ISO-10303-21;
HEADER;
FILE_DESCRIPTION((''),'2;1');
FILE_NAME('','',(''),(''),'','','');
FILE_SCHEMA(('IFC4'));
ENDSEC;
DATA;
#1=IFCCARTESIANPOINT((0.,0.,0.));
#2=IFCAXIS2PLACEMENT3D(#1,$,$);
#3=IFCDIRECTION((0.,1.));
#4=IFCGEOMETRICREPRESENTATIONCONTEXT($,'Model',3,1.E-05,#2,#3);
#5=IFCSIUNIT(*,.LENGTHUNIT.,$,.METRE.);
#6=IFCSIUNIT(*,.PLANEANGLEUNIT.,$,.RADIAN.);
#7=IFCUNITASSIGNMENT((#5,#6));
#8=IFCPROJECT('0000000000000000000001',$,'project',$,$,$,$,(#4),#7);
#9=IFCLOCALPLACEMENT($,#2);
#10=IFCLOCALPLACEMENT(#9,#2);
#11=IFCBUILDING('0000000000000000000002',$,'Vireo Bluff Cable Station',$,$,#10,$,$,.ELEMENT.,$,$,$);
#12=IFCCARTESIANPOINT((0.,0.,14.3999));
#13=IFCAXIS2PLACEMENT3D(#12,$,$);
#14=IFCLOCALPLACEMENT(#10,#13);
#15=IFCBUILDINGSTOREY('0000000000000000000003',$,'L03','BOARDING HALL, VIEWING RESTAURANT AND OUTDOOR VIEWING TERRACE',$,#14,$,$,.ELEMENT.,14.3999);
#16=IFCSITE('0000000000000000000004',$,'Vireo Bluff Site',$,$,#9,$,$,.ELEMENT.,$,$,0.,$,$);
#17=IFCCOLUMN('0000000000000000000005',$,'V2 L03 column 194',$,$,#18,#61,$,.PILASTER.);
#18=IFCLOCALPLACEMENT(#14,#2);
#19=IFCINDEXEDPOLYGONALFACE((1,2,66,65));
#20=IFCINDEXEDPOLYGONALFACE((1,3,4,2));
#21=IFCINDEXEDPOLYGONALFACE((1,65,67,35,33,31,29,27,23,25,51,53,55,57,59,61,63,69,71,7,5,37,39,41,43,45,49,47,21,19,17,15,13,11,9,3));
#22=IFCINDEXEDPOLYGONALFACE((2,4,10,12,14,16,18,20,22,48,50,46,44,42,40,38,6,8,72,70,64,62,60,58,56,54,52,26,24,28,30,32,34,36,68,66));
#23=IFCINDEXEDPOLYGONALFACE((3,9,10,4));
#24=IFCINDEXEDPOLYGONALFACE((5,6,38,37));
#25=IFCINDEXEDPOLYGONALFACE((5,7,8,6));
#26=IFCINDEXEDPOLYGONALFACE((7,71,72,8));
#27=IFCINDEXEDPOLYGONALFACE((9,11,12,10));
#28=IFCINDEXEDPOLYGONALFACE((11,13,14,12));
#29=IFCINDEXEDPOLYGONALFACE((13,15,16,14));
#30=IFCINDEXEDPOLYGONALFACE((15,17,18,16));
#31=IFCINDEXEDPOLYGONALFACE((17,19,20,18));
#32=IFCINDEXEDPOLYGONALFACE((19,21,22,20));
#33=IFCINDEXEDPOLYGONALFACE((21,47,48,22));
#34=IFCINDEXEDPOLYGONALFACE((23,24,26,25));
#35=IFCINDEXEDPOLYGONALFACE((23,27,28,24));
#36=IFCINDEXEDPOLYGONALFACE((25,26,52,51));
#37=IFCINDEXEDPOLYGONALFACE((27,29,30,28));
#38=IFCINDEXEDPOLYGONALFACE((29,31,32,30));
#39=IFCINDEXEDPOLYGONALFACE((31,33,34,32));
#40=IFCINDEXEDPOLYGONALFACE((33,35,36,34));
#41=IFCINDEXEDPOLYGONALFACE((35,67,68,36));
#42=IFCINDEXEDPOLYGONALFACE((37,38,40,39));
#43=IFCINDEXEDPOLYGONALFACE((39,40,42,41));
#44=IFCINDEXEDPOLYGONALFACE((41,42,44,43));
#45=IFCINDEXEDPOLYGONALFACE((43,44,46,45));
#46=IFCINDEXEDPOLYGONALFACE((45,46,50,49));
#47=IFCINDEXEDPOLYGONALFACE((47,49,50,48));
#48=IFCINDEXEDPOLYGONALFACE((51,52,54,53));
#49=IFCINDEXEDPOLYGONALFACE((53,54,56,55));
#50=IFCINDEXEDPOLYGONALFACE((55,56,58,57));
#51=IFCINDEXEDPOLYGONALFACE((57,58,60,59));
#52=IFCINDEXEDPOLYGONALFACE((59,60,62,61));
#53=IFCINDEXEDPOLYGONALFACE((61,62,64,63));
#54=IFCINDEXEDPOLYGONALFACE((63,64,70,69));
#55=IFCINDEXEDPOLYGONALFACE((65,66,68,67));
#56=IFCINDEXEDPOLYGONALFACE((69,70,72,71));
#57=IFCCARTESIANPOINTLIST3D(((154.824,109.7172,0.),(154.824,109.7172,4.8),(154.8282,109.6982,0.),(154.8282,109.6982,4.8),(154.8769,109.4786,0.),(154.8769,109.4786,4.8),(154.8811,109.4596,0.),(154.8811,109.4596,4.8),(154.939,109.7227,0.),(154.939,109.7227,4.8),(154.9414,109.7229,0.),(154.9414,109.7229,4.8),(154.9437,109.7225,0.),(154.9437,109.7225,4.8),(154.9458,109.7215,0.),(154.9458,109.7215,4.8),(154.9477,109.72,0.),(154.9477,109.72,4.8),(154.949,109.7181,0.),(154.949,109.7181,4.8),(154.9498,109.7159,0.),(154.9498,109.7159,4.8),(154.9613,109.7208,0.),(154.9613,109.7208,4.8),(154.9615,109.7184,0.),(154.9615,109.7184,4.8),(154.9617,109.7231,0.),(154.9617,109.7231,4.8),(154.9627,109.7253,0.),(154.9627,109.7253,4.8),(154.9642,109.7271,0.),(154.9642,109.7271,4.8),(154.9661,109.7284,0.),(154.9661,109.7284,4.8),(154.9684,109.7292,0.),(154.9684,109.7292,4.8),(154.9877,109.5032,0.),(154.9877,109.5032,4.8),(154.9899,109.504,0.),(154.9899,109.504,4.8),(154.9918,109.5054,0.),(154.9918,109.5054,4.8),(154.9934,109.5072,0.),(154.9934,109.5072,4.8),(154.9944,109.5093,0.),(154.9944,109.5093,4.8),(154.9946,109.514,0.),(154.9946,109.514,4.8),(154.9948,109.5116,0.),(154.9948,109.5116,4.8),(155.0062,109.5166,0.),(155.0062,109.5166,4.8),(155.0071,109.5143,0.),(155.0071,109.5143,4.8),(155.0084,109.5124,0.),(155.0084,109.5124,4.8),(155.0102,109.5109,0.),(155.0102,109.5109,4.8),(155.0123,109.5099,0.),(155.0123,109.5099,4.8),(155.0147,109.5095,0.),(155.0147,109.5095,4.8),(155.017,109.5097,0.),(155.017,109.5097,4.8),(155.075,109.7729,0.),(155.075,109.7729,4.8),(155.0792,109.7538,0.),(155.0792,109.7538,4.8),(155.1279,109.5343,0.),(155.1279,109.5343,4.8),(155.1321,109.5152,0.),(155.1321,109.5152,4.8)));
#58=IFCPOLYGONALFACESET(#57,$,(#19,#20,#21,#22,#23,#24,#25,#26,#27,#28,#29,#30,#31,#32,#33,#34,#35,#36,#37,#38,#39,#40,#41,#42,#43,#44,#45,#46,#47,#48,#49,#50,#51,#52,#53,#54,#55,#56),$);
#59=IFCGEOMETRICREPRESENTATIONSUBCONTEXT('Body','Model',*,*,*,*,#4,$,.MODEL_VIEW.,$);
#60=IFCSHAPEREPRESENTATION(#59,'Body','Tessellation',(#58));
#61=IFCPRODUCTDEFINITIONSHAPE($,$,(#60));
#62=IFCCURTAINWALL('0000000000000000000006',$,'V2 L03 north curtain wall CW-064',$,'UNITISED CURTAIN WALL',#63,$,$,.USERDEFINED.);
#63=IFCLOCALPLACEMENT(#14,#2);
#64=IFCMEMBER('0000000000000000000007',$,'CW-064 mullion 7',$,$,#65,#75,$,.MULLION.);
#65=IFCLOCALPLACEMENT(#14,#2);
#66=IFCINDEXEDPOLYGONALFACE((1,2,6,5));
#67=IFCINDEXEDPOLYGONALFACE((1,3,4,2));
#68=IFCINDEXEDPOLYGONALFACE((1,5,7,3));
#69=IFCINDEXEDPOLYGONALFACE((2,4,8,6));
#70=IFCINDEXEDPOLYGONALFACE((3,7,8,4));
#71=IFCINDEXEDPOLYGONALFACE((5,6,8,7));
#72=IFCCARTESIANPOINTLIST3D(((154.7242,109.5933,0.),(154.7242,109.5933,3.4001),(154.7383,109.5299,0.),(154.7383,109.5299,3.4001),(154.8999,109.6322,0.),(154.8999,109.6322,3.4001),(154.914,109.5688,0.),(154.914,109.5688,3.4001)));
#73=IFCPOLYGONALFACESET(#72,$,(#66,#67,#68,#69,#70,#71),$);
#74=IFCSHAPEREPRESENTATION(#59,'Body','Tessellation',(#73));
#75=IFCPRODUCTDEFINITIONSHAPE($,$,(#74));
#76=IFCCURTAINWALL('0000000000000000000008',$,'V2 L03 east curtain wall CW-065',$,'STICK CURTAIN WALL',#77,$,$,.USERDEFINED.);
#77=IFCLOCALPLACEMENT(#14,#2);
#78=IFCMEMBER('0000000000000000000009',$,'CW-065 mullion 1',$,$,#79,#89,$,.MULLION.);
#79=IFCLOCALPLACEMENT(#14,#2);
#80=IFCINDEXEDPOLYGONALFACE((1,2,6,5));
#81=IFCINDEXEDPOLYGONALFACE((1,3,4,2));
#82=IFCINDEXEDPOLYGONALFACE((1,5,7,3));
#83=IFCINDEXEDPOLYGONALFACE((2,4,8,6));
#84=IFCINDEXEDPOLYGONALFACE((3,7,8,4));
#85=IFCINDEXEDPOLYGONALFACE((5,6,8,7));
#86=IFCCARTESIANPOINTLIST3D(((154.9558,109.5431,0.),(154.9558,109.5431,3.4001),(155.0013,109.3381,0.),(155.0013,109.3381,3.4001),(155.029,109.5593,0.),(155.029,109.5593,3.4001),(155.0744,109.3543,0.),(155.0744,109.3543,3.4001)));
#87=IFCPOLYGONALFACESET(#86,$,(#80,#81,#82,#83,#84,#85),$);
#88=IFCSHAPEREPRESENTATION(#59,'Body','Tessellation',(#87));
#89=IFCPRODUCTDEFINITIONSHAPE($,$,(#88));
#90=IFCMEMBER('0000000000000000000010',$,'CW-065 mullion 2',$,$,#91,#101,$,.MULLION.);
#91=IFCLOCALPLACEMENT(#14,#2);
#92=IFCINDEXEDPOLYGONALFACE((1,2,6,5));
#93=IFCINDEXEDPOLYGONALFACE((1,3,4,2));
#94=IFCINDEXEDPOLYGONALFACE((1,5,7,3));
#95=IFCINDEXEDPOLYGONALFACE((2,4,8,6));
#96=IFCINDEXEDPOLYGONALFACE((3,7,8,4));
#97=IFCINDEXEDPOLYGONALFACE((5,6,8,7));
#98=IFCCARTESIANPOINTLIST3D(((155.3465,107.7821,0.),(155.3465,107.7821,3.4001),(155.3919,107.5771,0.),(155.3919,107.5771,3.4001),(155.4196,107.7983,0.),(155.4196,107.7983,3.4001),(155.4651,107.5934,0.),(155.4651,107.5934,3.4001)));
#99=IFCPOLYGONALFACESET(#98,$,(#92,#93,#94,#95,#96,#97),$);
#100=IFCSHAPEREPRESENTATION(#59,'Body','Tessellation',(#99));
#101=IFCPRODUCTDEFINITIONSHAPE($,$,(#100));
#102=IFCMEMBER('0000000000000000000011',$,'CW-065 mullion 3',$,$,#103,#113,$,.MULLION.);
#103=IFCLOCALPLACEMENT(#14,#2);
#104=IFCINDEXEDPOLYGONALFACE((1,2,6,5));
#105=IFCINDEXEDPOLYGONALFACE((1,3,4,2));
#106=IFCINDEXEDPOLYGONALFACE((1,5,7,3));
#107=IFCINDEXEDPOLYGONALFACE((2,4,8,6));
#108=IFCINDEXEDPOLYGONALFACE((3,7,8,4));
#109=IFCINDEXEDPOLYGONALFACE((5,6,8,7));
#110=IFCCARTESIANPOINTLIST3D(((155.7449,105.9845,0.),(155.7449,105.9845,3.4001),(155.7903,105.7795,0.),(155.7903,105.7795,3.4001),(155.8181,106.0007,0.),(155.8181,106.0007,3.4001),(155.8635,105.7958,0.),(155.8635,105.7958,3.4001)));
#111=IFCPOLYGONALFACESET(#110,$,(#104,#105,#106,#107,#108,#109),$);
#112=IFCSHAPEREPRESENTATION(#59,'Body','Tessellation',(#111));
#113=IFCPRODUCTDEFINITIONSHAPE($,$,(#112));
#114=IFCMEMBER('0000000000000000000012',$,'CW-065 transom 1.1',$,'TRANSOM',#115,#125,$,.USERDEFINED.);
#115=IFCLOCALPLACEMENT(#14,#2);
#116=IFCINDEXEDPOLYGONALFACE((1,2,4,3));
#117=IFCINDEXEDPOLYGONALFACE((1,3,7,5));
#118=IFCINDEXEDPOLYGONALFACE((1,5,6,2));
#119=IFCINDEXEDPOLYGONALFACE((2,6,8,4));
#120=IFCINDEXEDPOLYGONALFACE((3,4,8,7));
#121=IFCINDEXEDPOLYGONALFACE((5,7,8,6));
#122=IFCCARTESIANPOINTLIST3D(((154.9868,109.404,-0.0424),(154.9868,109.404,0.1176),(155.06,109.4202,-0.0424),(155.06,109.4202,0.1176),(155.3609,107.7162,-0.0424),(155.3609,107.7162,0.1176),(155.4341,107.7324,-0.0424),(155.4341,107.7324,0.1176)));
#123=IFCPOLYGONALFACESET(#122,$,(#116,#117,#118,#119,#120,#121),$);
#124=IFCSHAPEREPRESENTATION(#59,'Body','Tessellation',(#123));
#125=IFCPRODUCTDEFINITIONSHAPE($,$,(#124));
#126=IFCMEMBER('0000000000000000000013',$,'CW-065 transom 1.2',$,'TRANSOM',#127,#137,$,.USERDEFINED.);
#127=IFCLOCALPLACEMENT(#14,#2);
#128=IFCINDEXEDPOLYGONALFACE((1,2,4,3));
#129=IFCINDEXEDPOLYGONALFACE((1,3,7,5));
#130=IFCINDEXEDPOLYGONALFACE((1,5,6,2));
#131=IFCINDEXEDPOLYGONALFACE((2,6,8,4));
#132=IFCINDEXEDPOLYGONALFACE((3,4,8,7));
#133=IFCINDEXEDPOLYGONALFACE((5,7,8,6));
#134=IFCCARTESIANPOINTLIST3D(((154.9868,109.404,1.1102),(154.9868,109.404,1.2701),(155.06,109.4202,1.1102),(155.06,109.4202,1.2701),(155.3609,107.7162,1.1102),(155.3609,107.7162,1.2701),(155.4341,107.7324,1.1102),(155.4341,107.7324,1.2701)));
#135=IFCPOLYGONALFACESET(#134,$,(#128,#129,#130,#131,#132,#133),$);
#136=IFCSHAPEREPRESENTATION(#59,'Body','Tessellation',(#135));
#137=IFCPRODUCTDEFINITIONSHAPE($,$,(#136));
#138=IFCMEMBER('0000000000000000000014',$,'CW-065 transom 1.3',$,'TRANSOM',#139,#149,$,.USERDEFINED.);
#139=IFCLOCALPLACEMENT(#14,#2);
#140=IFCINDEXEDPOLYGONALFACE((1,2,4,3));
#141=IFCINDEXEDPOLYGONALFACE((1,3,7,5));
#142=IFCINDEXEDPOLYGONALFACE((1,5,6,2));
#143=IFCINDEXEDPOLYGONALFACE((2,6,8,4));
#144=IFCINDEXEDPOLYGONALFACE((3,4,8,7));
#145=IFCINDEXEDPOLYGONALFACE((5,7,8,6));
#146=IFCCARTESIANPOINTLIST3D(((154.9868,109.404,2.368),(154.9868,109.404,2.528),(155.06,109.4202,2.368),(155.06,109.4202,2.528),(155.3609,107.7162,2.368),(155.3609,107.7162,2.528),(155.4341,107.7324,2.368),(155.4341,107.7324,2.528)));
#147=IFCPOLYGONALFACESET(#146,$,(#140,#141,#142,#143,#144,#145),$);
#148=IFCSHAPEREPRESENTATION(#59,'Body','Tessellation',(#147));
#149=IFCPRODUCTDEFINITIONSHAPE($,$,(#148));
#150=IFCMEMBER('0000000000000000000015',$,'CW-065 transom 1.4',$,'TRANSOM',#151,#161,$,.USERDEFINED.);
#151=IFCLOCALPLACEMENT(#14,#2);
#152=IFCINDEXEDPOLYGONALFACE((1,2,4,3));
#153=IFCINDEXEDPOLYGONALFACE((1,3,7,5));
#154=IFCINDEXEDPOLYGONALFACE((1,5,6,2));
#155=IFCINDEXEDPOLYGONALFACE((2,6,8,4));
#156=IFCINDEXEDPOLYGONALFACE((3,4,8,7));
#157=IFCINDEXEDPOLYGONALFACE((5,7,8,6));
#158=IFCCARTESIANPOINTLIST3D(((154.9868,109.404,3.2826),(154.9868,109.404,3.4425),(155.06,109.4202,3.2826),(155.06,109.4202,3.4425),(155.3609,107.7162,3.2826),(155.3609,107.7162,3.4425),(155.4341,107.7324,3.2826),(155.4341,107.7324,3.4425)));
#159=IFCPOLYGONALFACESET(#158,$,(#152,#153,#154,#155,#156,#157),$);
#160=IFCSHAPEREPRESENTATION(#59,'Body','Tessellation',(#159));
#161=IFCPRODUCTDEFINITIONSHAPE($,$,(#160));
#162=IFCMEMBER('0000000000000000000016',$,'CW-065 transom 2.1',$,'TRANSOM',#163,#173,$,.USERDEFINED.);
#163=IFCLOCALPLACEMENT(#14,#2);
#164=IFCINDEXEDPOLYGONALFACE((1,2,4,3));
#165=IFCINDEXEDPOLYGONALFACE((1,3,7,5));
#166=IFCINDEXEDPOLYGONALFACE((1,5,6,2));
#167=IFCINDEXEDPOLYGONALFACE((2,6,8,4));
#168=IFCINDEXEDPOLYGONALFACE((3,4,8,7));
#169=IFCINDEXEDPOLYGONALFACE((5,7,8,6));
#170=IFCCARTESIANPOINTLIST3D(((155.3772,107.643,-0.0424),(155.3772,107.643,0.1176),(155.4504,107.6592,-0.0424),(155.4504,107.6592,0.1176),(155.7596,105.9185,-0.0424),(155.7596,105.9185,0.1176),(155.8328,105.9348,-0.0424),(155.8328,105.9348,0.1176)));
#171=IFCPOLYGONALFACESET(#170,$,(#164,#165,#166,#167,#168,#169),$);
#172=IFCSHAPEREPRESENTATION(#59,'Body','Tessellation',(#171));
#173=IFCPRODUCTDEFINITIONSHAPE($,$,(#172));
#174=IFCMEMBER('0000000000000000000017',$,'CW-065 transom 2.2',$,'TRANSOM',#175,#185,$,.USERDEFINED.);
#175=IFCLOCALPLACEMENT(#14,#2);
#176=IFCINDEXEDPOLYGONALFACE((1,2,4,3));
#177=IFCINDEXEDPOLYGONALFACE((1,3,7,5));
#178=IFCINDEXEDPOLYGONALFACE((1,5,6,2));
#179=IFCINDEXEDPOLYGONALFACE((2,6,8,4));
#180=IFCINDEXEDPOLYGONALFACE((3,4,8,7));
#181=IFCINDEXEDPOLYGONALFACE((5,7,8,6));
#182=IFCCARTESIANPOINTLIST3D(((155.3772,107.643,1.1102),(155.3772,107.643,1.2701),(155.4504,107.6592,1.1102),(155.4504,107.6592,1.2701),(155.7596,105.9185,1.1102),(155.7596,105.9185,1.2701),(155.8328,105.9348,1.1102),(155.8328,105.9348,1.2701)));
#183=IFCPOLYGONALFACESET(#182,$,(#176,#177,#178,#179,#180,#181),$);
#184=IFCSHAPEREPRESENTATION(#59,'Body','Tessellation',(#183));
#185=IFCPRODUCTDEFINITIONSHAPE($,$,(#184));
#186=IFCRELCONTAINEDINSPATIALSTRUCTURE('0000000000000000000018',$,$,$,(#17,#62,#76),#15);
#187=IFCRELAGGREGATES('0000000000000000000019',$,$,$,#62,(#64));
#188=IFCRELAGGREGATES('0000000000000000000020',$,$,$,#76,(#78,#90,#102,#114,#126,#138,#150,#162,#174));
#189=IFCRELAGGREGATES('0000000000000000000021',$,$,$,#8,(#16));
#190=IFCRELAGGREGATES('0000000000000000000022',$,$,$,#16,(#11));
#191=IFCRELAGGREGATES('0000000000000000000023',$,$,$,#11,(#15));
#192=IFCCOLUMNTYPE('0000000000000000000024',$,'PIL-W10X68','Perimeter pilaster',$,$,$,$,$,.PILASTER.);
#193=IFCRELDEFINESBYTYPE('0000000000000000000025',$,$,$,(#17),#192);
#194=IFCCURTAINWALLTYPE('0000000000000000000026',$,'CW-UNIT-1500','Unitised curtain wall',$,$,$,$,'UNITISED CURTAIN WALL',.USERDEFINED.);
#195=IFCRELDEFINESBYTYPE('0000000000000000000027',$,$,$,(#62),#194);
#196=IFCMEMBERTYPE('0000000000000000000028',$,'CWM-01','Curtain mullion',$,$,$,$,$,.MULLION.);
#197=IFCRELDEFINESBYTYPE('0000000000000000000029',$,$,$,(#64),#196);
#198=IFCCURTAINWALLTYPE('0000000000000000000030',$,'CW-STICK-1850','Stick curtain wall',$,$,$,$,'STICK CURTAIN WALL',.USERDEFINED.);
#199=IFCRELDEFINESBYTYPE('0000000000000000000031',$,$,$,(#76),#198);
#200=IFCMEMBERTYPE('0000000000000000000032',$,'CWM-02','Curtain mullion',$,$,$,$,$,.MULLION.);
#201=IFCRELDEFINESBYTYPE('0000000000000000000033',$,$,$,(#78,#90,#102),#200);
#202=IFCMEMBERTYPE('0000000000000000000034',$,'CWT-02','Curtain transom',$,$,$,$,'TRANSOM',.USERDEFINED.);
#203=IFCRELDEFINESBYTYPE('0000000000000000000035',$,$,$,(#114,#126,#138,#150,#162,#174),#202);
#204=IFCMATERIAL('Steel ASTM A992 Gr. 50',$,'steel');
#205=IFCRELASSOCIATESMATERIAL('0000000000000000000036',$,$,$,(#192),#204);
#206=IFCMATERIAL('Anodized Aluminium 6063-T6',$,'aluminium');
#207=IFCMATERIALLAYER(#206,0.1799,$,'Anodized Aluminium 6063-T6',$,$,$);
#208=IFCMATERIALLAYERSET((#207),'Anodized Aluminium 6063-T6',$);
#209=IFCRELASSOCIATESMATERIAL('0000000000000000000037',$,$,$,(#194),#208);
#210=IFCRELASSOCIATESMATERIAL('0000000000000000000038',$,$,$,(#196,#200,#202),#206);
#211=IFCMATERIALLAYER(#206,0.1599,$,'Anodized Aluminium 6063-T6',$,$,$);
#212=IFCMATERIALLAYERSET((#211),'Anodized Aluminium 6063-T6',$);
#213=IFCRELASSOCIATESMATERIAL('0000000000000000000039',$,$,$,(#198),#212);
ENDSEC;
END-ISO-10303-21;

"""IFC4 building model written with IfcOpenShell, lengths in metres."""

from ifc_helpers import new_model, si_unit, direction, frame, origin, origin_2d, place, context, subcontext, project, spatial, rectangle, i_section, extrude, material, layer, layer_set, material_profile, profile_set, type_object, element, aggregate, save


model = new_model("IFC4")

# Units and contexts
model_context = context("Model", 3, precision=1e-05, world=origin(), true_north=direction((0.0, 1.0)))
body_context = subcontext(model_context, "Body", "Model", "MODEL_VIEW")
ifc_project = project(units=[si_unit("LENGTHUNIT", "METRE"), si_unit("PLANEANGLEUNIT", "RADIAN")], contexts=[model_context])

# Site, building, storey
site_placement = place(None, origin())
site = spatial("IfcSite", under=ifc_project, at=site_placement, Name="Vireo Bluff Site", CompositionType="ELEMENT", RefElevation=0.0)
building_placement = place(site_placement, origin())
building = spatial("IfcBuilding", under=site, at=building_placement, Name="Vireo Bluff Cable Station", CompositionType="ELEMENT")
storey_placement = place(building_placement, frame((0.0, 0.0, 14.3999)))
storey = spatial("IfcBuildingStorey", under=building, at=storey_placement, Name="L03", Description="BOARDING HALL, VIEWING RESTAURANT AND OUTDOOR VIEWING TERRACE", CompositionType="ELEMENT", Elevation=14.3999)

# Column
ifc_material_1 = material(Name="Steel ASTM A992 Gr. 50", Category="steel")
ifc_material_profile_1 = material_profile(ifc_material_1, i_section(OverallWidth=0.2571, OverallDepth=0.2639, WebThickness=0.012, FlangeThickness=0.0195, FilletRadius=0.009, at=origin_2d()), Name="W10X68")
ifc_profile_set_1 = profile_set([ifc_material_profile_1], Name="Steel ASTM A992 Gr. 50")
column_type = type_object("IfcColumnType", Name="PIL-W10X68", Description="Perimeter pilaster", PredefinedType="PILASTER", material=ifc_profile_set_1)
column_placement = place(storey_placement, frame((154.978, 109.6162, 0.0), z_axis=(0.0, 0.0, 1.0), x_axis=(0.976296, 0.21644, 0.0)))
element("IfcColumn", 1, at=column_placement, inside=storey, type_object=column_type, Name="V2 L03 column 194", PredefinedType="PILASTER", context=body_context, shape_type="SweptSolid", body=[
    extrude(i_section(OverallWidth=0.2571, OverallDepth=0.2639, WebThickness=0.012, FlangeThickness=0.0195, FilletRadius=0.009, at=origin_2d()), origin(), (0.0, 0.0, 1.0), 4.8),
])

# Curtain wall, member
ifc_material_2 = material(Name="Anodized Aluminium 6063-T6", Category="aluminium")
ifc_layer_1 = layer(ifc_material_2, 0.1799, Name="Anodized Aluminium 6063-T6")
ifc_layer_set_1 = layer_set([ifc_layer_1], Name="Anodized Aluminium 6063-T6")
curtain_wall_type_1 = type_object("IfcCurtainWallType", Name="CW-UNIT-1500", Description="Unitised curtain wall", ElementType="UNITISED CURTAIN WALL", PredefinedType="USERDEFINED", material=ifc_layer_set_1)
curtain_wall_1_placement = place(storey_placement, origin())
curtain_wall_1 = element("IfcCurtainWall", 2, at=curtain_wall_1_placement, inside=storey, type_object=curtain_wall_type_1, Name="V2 L03 north curtain wall CW-064", ObjectType="UNITISED CURTAIN WALL", PredefinedType="USERDEFINED")
ifc_material_profile_2 = material_profile(ifc_material_2, rectangle(XDim=0.0649, YDim=0.1799, at=origin_2d()), Name="ALU-M-65X180")
ifc_profile_set_2 = profile_set([ifc_material_profile_2], Name="Anodized Aluminium 6063-T6")
member_type_1 = type_object("IfcMemberType", Name="CWM-01", Description="Curtain mullion", PredefinedType="MULLION", material=ifc_profile_set_2)
member_1_placement = place(storey_placement, frame((154.8191, 109.5811, 0.0), z_axis=(0.0, 0.0, 1.0), x_axis=(-0.21644, 0.976296, 0.0)))
member_1 = element("IfcMember", 3, at=member_1_placement, type_object=member_type_1, Name="CW-064 mullion 7", PredefinedType="MULLION", context=body_context, shape_type="SweptSolid", body=[
    extrude(rectangle(XDim=0.0649, YDim=0.1799, at=origin_2d()), origin(), (0.0, 0.0, 1.0), 3.4001),
])
aggregate(curtain_wall_1, [member_1])

# Curtain wall, members
ifc_layer_2 = layer(ifc_material_2, 0.1599, Name="Anodized Aluminium 6063-T6")
ifc_layer_set_2 = layer_set([ifc_layer_2], Name="Anodized Aluminium 6063-T6")
curtain_wall_type_2 = type_object("IfcCurtainWallType", Name="CW-STICK-1850", Description="Stick curtain wall", ElementType="STICK CURTAIN WALL", PredefinedType="USERDEFINED", material=ifc_layer_set_2)
curtain_wall_2_placement = place(storey_placement, origin())
curtain_wall_2 = element("IfcCurtainWall", 4, at=curtain_wall_2_placement, inside=storey, type_object=curtain_wall_type_2, Name="V2 L03 east curtain wall CW-065", ObjectType="STICK CURTAIN WALL", PredefinedType="USERDEFINED")
ifc_material_profile_3 = material_profile(ifc_material_2, rectangle(XDim=0.075, YDim=0.21, at=origin_2d()), Name="ALU-M-75X210")
ifc_profile_set_3 = profile_set([ifc_material_profile_3], Name="Anodized Aluminium 6063-T6")
member_type_2 = type_object("IfcMemberType", Name="CWM-02", Description="Curtain mullion", PredefinedType="MULLION", material=ifc_profile_set_3)
member_2_placement = place(storey_placement, frame((155.0151, 109.4487, 0.0), z_axis=(0.0, 0.0, 1.0), x_axis=(0.976296, 0.21644, 0.0)))
member_2 = element("IfcMember", 5, at=member_2_placement, type_object=member_type_2, Name="CW-065 mullion 1", PredefinedType="MULLION", context=body_context, shape_type="SweptSolid", body=[
    extrude(rectangle(XDim=0.075, YDim=0.21, at=origin_2d()), origin(), (0.0, 0.0, 1.0), 3.4001),
])
member_3_placement = place(storey_placement, frame((155.4058, 107.6877, 0.0), z_axis=(0.0, 0.0, 1.0), x_axis=(0.976296, 0.21644, 0.0)))
member_3 = element("IfcMember", 6, at=member_3_placement, type_object=member_type_2, Name="CW-065 mullion 2", PredefinedType="MULLION", context=body_context, shape_type="SweptSolid", body=[
    extrude(rectangle(XDim=0.075, YDim=0.21, at=origin_2d()), origin(), (0.0, 0.0, 1.0), 3.4001),
])
member_4_placement = place(storey_placement, frame((155.8042, 105.8901, 0.0), z_axis=(0.0, 0.0, 1.0), x_axis=(0.976296, 0.21644, 0.0)))
member_4 = element("IfcMember", 7, at=member_4_placement, type_object=member_type_2, Name="CW-065 mullion 3", PredefinedType="MULLION", context=body_context, shape_type="SweptSolid", body=[
    extrude(rectangle(XDim=0.075, YDim=0.21, at=origin_2d()), origin(), (0.0, 0.0, 1.0), 3.4001),
])
ifc_material_profile_4 = material_profile(ifc_material_2, rectangle(XDim=0.075, YDim=0.1599, at=origin_2d()), Name="ALU-T-75X160")
ifc_profile_set_4 = profile_set([ifc_material_profile_4], Name="Anodized Aluminium 6063-T6")
member_type_3 = type_object("IfcMemberType", Name="CWT-02", Description="Curtain transom", ElementType="TRANSOM", PredefinedType="USERDEFINED", material=ifc_profile_set_4)
member_5_placement = place(storey_placement, frame((155.0234, 109.4121, 0.0376), z_axis=(0.216362, -0.976313, 0.0), x_axis=(0.976313, 0.216362, 0.0)))
member_5 = element("IfcMember", 8, at=member_5_placement, type_object=member_type_3, Name="CW-065 transom 1.1", ObjectType="TRANSOM", PredefinedType="USERDEFINED", context=body_context, shape_type="SweptSolid", body=[
    extrude(rectangle(XDim=0.075, YDim=0.1599, at=origin_2d()), origin(), (0.0, 0.0, 1.0), 1.7288),
])
member_6_placement = place(storey_placement, frame((155.0234, 109.4121, 1.1902), z_axis=(0.216362, -0.976313, 0.0), x_axis=(0.976313, 0.216362, 0.0)))
member_6 = element("IfcMember", 9, at=member_6_placement, type_object=member_type_3, Name="CW-065 transom 1.2", ObjectType="TRANSOM", PredefinedType="USERDEFINED", context=body_context, shape_type="SweptSolid", body=[
    extrude(rectangle(XDim=0.075, YDim=0.1599, at=origin_2d()), origin(), (0.0, 0.0, 1.0), 1.7288),
])
member_7_placement = place(storey_placement, frame((155.0234, 109.4121, 2.448), z_axis=(0.216362, -0.976313, 0.0), x_axis=(0.976313, 0.216362, 0.0)))
member_7 = element("IfcMember", 10, at=member_7_placement, type_object=member_type_3, Name="CW-065 transom 1.3", ObjectType="TRANSOM", PredefinedType="USERDEFINED", context=body_context, shape_type="SweptSolid", body=[
    extrude(rectangle(XDim=0.075, YDim=0.1599, at=origin_2d()), origin(), (0.0, 0.0, 1.0), 1.7288),
])
member_8_placement = place(storey_placement, frame((155.0234, 109.4121, 3.3625), z_axis=(0.216362, -0.976313, 0.0), x_axis=(0.976313, 0.216362, 0.0)))
member_8 = element("IfcMember", 11, at=member_8_placement, type_object=member_type_3, Name="CW-065 transom 1.4", ObjectType="TRANSOM", PredefinedType="USERDEFINED", context=body_context, shape_type="SweptSolid", body=[
    extrude(rectangle(XDim=0.075, YDim=0.1599, at=origin_2d()), origin(), (0.0, 0.0, 1.0), 1.7288),
])
member_9_placement = place(storey_placement, frame((155.4138, 107.6511, 0.0376), z_axis=(0.216462, -0.976291, 0.0), x_axis=(0.976291, 0.216462, 0.0)))
member_9 = element("IfcMember", 12, at=member_9_placement, type_object=member_type_3, Name="CW-065 transom 2.1", ObjectType="TRANSOM", PredefinedType="USERDEFINED", context=body_context, shape_type="SweptSolid", body=[
    extrude(rectangle(XDim=0.075, YDim=0.1599, at=origin_2d()), origin(), (0.0, 0.0, 1.0), 1.7664),
])
member_10_placement = place(storey_placement, frame((155.4138, 107.6511, 1.1902), z_axis=(0.216462, -0.976291, 0.0), x_axis=(0.976291, 0.216462, 0.0)))
member_10 = element("IfcMember", 13, at=member_10_placement, type_object=member_type_3, Name="CW-065 transom 2.2", ObjectType="TRANSOM", PredefinedType="USERDEFINED", context=body_context, shape_type="SweptSolid", body=[
    extrude(rectangle(XDim=0.075, YDim=0.1599, at=origin_2d()), origin(), (0.0, 0.0, 1.0), 1.7664),
])
aggregate(curtain_wall_2, [member_2, member_3, member_4, member_5, member_6, member_7, member_8, member_9, member_10])

save(model, "model.ifc")
